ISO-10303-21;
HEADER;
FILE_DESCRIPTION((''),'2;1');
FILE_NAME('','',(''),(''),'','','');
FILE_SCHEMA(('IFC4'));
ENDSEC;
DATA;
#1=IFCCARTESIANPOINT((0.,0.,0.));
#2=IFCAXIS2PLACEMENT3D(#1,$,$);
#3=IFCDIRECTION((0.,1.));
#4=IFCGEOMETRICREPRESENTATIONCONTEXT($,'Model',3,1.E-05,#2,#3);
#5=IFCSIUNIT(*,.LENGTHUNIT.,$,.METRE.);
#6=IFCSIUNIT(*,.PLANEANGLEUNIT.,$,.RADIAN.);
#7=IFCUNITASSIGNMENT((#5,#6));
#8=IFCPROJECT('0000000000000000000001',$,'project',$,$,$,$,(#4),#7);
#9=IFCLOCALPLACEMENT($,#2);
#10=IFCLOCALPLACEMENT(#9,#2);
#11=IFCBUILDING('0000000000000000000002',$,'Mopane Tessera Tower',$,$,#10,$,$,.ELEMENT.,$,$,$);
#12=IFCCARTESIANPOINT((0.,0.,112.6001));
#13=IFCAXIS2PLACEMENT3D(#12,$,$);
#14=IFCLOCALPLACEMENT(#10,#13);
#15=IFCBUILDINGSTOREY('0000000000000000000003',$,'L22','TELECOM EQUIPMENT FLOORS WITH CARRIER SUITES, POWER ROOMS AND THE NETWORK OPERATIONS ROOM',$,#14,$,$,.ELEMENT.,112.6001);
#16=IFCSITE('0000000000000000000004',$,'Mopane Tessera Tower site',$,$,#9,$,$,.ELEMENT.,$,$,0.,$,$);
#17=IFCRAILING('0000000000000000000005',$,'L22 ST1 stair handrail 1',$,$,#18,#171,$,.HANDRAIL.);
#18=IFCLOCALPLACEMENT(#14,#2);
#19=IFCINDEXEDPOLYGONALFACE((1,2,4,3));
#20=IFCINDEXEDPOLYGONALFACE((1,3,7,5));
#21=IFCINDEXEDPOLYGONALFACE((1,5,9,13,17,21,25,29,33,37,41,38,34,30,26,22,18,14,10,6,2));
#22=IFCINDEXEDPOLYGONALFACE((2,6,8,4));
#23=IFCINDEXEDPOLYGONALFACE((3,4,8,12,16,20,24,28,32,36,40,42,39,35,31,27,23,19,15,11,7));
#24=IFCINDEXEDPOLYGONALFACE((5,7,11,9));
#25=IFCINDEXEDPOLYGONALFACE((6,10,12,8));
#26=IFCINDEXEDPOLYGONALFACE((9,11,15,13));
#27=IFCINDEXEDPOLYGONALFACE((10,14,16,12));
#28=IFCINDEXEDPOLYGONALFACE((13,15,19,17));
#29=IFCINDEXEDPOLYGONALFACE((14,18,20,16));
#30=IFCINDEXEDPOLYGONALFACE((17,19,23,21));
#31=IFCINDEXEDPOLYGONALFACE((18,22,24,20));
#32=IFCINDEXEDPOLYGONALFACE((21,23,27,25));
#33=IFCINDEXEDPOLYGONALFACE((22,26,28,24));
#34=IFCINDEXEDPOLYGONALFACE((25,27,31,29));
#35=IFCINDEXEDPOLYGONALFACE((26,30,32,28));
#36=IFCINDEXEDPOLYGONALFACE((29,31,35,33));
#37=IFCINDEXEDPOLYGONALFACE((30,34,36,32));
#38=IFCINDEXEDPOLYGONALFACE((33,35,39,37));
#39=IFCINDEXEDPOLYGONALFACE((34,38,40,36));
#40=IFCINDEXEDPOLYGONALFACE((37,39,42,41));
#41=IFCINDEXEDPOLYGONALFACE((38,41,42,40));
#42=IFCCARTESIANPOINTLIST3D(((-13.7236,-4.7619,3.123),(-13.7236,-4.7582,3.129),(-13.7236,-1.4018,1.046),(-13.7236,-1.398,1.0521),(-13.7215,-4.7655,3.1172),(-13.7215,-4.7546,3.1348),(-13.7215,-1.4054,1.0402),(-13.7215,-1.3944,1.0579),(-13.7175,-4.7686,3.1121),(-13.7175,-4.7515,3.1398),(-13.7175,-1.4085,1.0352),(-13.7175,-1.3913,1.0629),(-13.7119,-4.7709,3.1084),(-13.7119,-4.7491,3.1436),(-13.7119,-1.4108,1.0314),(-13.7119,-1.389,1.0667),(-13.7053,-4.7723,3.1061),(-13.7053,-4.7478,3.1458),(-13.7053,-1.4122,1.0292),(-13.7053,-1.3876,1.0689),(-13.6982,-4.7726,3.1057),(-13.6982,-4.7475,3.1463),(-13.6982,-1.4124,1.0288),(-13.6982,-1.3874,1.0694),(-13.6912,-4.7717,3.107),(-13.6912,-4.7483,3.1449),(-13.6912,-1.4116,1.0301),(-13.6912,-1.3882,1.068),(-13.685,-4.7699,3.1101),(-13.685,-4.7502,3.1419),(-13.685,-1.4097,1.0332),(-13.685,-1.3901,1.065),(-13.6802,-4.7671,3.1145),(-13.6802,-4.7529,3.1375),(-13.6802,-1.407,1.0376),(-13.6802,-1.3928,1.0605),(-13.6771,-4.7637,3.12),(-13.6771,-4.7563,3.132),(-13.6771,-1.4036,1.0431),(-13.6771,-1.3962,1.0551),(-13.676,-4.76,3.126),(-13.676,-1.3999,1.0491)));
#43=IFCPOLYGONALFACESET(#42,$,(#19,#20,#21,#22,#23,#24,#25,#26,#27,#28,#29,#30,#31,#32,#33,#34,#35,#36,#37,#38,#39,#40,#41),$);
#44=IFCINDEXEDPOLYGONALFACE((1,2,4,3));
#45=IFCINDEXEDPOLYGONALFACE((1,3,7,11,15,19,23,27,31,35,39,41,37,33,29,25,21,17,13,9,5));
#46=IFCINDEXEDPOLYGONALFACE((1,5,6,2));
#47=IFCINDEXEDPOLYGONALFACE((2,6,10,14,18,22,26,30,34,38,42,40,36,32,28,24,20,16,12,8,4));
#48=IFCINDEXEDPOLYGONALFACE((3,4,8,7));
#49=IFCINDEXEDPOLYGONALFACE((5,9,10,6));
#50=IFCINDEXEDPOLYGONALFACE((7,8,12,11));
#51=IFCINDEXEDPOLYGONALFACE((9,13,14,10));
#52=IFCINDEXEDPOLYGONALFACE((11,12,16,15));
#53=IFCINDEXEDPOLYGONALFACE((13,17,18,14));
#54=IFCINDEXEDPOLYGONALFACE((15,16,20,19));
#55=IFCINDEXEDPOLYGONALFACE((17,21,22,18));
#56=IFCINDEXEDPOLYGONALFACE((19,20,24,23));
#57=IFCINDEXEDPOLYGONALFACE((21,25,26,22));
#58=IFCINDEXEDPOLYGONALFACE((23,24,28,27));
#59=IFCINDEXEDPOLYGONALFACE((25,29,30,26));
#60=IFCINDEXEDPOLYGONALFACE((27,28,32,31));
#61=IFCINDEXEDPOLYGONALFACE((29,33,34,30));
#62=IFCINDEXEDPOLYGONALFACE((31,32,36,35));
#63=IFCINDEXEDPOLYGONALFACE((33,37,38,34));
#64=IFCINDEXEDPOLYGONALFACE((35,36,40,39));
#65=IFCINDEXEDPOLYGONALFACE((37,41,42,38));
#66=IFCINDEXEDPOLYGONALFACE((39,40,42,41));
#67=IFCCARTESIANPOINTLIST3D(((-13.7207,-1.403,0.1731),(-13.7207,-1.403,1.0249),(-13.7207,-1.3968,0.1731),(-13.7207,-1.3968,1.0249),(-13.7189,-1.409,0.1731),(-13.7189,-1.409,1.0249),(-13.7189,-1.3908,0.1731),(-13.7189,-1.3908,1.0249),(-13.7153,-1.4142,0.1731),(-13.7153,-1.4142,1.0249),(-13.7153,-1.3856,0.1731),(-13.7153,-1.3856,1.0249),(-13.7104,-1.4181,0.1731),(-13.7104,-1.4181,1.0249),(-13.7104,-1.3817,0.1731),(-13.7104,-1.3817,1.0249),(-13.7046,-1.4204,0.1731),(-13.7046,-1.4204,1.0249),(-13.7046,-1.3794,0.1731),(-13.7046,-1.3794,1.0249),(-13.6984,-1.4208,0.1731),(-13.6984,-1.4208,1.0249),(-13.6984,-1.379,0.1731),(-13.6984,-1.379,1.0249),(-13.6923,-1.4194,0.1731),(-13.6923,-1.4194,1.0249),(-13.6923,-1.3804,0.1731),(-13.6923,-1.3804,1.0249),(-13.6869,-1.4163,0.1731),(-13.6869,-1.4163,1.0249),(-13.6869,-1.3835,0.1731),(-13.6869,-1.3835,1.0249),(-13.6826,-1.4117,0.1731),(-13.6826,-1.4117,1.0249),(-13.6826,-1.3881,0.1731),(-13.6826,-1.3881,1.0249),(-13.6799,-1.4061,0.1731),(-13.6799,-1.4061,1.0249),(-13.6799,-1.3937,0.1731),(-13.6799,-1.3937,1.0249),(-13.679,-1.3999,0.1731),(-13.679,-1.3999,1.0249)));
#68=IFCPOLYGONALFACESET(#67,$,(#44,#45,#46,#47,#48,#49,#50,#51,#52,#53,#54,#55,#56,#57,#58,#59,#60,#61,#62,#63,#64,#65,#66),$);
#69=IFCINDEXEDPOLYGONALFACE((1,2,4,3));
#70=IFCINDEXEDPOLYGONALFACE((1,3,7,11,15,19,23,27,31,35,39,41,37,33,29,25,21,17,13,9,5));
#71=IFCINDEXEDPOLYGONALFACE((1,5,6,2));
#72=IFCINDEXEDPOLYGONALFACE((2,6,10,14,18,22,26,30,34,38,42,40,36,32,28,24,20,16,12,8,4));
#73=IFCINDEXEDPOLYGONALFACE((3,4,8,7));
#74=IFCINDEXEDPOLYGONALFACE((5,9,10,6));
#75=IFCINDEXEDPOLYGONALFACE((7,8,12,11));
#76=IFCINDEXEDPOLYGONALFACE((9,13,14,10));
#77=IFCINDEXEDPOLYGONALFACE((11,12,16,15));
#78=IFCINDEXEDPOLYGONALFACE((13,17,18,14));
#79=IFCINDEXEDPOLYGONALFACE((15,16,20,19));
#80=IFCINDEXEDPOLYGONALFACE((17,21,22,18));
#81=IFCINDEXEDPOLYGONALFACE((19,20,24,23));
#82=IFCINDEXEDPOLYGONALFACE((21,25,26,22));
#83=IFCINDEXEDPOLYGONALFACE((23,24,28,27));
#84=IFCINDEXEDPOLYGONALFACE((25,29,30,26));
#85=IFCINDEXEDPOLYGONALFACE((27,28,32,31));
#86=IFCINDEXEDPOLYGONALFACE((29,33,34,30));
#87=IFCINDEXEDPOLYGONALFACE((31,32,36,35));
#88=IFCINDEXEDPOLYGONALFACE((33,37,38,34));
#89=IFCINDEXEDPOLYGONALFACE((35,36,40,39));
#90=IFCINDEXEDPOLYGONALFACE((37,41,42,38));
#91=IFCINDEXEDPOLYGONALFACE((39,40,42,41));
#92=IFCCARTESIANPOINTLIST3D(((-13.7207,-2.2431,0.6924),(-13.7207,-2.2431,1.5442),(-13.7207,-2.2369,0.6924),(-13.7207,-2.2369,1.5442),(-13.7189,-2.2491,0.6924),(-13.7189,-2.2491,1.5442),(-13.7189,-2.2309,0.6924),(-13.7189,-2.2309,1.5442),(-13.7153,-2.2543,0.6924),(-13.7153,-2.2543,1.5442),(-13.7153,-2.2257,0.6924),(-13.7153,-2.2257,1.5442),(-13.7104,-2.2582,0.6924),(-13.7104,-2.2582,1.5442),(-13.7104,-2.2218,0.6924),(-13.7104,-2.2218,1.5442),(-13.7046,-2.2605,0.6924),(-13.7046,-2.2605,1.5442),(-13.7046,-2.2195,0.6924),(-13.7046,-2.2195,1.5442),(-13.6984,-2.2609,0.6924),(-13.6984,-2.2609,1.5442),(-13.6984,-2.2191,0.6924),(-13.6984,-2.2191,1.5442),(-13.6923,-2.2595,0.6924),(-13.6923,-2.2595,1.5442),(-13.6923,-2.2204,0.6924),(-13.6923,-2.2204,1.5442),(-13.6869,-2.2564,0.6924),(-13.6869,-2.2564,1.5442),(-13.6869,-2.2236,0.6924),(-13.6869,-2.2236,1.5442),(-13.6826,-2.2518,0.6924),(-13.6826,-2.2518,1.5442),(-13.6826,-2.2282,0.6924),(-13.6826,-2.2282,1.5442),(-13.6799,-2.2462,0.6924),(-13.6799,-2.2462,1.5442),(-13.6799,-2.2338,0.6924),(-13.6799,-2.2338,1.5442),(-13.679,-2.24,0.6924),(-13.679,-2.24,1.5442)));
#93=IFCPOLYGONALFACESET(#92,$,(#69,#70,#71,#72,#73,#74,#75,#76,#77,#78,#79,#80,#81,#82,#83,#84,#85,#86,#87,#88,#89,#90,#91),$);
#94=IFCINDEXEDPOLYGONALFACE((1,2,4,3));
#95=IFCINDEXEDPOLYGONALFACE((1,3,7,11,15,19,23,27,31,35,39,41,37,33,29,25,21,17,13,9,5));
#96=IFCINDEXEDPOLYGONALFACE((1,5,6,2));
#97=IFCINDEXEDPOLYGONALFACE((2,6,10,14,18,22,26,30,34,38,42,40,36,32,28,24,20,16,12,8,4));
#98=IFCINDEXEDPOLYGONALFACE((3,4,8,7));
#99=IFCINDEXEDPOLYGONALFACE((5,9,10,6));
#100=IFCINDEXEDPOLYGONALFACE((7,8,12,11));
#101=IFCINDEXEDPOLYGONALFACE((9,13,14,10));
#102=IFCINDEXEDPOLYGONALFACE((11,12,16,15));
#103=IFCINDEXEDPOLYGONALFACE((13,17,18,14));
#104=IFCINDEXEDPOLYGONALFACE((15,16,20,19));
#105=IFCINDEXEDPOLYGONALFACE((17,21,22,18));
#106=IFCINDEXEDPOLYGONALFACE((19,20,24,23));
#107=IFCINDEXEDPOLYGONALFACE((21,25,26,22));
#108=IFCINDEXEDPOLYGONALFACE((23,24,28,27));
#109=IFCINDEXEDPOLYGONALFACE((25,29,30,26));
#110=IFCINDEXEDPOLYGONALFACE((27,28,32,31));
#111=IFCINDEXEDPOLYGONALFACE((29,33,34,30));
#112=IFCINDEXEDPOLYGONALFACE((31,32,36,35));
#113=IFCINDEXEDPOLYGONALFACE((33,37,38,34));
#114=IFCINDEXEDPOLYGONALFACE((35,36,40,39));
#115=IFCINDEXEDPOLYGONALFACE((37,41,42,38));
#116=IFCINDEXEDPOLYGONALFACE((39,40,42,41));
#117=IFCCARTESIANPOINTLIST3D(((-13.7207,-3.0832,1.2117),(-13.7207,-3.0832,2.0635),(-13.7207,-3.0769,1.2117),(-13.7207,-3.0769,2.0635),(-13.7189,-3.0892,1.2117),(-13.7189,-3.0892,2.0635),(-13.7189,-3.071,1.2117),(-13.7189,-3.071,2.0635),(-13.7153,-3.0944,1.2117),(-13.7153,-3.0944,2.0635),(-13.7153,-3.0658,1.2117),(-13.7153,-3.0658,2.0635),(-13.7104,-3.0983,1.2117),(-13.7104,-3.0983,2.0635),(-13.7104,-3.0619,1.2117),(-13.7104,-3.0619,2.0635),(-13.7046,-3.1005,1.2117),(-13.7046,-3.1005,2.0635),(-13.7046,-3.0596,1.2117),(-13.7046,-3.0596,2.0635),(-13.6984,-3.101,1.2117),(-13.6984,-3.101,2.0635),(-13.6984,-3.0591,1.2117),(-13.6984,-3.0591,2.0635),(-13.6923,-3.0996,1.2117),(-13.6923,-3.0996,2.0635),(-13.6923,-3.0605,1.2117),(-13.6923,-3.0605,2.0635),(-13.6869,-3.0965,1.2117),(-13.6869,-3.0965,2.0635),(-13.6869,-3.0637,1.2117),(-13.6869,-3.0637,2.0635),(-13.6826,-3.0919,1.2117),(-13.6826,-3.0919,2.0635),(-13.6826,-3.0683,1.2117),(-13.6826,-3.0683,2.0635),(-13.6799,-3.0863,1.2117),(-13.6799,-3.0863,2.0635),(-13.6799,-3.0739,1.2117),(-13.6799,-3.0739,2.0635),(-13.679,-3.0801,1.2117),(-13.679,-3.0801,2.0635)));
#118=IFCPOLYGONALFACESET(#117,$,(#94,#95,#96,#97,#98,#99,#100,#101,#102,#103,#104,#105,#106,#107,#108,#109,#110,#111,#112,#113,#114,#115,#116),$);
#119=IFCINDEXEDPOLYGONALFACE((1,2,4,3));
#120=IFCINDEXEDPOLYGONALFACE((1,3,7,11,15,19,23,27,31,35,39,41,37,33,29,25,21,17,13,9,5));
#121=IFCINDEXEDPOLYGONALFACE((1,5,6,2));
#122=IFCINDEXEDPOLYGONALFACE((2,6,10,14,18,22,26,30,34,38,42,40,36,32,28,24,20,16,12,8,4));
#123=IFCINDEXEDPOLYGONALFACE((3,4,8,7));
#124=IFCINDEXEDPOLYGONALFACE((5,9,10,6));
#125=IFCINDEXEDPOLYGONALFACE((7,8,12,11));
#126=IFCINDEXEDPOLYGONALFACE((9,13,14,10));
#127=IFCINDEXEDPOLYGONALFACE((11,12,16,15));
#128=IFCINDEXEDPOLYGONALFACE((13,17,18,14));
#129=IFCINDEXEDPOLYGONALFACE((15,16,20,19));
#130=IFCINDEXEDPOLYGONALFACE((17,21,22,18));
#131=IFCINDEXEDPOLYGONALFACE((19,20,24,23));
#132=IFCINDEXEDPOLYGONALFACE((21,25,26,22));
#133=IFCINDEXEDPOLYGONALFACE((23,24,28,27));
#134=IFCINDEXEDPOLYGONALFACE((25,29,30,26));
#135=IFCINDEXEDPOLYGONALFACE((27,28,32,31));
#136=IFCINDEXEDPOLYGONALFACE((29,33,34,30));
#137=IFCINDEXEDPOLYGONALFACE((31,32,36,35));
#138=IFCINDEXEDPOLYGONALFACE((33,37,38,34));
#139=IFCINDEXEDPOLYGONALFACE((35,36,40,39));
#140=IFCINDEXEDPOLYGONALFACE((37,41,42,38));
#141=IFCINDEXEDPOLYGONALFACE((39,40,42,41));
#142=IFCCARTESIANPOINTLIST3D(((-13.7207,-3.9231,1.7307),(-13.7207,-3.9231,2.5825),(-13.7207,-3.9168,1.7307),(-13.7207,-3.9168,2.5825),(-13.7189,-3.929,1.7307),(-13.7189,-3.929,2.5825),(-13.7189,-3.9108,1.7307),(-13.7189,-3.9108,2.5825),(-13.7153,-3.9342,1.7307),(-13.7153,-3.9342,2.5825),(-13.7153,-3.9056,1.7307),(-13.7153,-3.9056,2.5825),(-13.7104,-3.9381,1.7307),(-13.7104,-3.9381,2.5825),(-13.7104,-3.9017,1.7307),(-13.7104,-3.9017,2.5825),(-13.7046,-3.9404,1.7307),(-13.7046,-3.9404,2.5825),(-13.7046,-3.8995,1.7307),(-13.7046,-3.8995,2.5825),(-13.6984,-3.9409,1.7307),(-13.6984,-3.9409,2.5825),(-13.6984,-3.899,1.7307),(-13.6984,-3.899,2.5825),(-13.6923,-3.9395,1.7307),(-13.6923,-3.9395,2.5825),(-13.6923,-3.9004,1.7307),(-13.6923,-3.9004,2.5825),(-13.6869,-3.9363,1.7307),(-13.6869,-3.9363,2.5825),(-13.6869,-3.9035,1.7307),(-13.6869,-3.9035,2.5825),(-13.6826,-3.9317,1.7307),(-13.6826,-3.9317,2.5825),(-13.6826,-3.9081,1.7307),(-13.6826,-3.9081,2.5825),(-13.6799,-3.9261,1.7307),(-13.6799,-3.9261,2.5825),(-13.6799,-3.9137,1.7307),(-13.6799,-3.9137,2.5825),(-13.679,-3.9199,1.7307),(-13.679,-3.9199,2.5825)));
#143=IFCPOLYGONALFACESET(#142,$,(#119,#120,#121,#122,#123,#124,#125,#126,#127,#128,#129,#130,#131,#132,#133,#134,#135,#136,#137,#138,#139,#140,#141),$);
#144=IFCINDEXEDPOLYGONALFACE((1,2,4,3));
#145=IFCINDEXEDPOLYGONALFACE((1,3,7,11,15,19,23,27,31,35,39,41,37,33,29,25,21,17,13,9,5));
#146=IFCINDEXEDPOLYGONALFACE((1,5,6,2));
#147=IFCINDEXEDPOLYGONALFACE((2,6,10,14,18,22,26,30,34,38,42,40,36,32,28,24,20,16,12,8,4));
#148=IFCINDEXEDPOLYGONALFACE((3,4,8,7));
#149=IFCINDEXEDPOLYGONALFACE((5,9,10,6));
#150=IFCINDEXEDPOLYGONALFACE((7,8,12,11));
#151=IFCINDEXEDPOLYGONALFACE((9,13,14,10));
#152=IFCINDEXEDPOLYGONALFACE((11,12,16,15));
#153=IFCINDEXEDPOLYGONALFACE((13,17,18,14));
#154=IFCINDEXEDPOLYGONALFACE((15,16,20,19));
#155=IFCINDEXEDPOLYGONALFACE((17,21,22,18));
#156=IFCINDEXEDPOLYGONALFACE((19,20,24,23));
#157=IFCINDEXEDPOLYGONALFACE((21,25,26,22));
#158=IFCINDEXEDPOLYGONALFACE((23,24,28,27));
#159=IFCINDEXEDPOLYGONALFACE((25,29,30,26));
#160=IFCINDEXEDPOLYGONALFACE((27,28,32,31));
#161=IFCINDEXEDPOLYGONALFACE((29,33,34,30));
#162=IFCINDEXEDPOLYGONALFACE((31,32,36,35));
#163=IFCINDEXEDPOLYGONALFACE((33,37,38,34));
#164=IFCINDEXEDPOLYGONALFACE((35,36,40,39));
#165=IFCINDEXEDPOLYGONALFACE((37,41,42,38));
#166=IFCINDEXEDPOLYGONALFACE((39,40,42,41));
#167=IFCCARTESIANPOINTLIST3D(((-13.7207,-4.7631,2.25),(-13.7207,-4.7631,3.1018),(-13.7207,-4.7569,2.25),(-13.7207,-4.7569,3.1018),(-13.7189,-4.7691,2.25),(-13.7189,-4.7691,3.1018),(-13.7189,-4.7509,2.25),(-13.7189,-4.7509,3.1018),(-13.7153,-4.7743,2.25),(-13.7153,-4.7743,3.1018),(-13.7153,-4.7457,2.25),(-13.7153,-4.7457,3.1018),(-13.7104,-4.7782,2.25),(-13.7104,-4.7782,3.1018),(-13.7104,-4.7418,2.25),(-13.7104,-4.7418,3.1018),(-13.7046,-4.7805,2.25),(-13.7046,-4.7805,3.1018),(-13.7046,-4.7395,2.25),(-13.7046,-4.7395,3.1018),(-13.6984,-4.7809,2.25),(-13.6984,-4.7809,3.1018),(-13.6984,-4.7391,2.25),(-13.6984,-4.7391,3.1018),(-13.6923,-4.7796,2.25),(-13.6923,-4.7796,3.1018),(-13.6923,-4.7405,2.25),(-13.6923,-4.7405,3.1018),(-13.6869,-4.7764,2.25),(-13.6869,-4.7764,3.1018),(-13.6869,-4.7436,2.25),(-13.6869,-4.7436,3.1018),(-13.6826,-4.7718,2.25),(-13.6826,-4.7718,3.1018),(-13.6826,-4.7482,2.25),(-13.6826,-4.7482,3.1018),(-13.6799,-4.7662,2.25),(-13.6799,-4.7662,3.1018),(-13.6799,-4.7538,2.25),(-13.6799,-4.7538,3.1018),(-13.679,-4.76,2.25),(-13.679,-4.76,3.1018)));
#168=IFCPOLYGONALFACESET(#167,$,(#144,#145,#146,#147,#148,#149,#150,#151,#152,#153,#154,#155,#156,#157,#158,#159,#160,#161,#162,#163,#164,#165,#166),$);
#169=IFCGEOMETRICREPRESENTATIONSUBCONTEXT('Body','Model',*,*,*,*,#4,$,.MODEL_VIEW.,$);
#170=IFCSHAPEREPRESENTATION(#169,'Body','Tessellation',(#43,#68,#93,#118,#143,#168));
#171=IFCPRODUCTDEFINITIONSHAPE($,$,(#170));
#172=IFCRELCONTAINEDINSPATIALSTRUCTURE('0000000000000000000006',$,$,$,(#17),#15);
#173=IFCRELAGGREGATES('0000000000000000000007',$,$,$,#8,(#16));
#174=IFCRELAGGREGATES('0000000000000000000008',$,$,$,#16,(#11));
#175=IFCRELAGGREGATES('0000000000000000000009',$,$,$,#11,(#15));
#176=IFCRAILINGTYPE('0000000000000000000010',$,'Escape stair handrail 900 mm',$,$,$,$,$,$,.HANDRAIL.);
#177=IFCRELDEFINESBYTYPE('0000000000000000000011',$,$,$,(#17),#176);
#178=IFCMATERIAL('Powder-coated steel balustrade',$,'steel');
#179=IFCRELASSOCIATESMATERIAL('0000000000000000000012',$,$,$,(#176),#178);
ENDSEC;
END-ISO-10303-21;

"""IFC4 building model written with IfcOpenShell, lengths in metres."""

from ifc_helpers import new_model, si_unit, direction, frame, origin, origin_2d, place, context, subcontext, project, spatial, circle, extrude, material, type_object, element, save


model = new_model("IFC4")

# Units and contexts
model_context = context("Model", 3, precision=1e-05, world=origin(), true_north=direction((0.0, 1.0)))
body_context = subcontext(model_context, "Body", "Model", "MODEL_VIEW")
ifc_project = project(units=[si_unit("LENGTHUNIT", "METRE"), si_unit("PLANEANGLEUNIT", "RADIAN")], contexts=[model_context])

# Site, building, storey
site_placement = place(None, origin())
site = spatial("IfcSite", under=ifc_project, at=site_placement, Name="Mopane Tessera Tower site", CompositionType="ELEMENT", RefElevation=0.0)
building_placement = place(site_placement, origin())
building = spatial("IfcBuilding", under=site, at=building_placement, Name="Mopane Tessera Tower", CompositionType="ELEMENT")
storey_placement = place(building_placement, frame((0.0, 0.0, 112.6001)))
storey = spatial("IfcBuildingStorey", under=building, at=storey_placement, Name="L22", Description="TELECOM EQUIPMENT FLOORS WITH CARRIER SUITES, POWER ROOMS AND THE NETWORK OPERATIONS ROOM", CompositionType="ELEMENT", Elevation=112.6001)

# Railing
ifc_material_1 = material(Name="Powder-coated steel balustrade", Category="steel")
railing_type_1 = type_object("IfcRailingType", Name="Escape stair handrail 900 mm", PredefinedType="HANDRAIL", material=ifc_material_1)
railing_1_placement = place(storey_placement, frame((-13.7, -1.3999, 0.1731)))
element("IfcRailing", 1, at=railing_1_placement, inside=storey, type_object=railing_type_1, Name="L22 ST1 stair handrail 1", PredefinedType="HANDRAIL", context=body_context, shape_type="SweptSolid", body=[
    extrude(circle(Radius=0.0239, at=origin_2d()), frame((0.0, 0.0, 0.876), z_axis=(0.0, -0.850623, 0.525776), x_axis=(1.0, 0.0, 0.0)), (0.0, 0.0, 1.0), 3.9502),
    extrude(circle(Radius=0.021, at=origin_2d()), origin(), (0.0, 0.0, 1.0), 0.8518),
    extrude(circle(Radius=0.021, at=origin_2d()), frame((0.0, -0.8401, 0.5193)), (0.0, 0.0, 1.0), 0.8518),
    extrude(circle(Radius=0.021, at=origin_2d()), frame((0.0, -1.6802, 1.0386)), (0.0, 0.0, 1.0), 0.8518),
    extrude(circle(Radius=0.021, at=origin_2d()), frame((0.0, -2.52, 1.5576)), (0.0, 0.0, 1.0), 0.8518),
    extrude(circle(Radius=0.021, at=origin_2d()), frame((0.0, -3.3601, 2.0769)), (0.0, 0.0, 1.0), 0.8518),
])

save(model, "model.ifc")
